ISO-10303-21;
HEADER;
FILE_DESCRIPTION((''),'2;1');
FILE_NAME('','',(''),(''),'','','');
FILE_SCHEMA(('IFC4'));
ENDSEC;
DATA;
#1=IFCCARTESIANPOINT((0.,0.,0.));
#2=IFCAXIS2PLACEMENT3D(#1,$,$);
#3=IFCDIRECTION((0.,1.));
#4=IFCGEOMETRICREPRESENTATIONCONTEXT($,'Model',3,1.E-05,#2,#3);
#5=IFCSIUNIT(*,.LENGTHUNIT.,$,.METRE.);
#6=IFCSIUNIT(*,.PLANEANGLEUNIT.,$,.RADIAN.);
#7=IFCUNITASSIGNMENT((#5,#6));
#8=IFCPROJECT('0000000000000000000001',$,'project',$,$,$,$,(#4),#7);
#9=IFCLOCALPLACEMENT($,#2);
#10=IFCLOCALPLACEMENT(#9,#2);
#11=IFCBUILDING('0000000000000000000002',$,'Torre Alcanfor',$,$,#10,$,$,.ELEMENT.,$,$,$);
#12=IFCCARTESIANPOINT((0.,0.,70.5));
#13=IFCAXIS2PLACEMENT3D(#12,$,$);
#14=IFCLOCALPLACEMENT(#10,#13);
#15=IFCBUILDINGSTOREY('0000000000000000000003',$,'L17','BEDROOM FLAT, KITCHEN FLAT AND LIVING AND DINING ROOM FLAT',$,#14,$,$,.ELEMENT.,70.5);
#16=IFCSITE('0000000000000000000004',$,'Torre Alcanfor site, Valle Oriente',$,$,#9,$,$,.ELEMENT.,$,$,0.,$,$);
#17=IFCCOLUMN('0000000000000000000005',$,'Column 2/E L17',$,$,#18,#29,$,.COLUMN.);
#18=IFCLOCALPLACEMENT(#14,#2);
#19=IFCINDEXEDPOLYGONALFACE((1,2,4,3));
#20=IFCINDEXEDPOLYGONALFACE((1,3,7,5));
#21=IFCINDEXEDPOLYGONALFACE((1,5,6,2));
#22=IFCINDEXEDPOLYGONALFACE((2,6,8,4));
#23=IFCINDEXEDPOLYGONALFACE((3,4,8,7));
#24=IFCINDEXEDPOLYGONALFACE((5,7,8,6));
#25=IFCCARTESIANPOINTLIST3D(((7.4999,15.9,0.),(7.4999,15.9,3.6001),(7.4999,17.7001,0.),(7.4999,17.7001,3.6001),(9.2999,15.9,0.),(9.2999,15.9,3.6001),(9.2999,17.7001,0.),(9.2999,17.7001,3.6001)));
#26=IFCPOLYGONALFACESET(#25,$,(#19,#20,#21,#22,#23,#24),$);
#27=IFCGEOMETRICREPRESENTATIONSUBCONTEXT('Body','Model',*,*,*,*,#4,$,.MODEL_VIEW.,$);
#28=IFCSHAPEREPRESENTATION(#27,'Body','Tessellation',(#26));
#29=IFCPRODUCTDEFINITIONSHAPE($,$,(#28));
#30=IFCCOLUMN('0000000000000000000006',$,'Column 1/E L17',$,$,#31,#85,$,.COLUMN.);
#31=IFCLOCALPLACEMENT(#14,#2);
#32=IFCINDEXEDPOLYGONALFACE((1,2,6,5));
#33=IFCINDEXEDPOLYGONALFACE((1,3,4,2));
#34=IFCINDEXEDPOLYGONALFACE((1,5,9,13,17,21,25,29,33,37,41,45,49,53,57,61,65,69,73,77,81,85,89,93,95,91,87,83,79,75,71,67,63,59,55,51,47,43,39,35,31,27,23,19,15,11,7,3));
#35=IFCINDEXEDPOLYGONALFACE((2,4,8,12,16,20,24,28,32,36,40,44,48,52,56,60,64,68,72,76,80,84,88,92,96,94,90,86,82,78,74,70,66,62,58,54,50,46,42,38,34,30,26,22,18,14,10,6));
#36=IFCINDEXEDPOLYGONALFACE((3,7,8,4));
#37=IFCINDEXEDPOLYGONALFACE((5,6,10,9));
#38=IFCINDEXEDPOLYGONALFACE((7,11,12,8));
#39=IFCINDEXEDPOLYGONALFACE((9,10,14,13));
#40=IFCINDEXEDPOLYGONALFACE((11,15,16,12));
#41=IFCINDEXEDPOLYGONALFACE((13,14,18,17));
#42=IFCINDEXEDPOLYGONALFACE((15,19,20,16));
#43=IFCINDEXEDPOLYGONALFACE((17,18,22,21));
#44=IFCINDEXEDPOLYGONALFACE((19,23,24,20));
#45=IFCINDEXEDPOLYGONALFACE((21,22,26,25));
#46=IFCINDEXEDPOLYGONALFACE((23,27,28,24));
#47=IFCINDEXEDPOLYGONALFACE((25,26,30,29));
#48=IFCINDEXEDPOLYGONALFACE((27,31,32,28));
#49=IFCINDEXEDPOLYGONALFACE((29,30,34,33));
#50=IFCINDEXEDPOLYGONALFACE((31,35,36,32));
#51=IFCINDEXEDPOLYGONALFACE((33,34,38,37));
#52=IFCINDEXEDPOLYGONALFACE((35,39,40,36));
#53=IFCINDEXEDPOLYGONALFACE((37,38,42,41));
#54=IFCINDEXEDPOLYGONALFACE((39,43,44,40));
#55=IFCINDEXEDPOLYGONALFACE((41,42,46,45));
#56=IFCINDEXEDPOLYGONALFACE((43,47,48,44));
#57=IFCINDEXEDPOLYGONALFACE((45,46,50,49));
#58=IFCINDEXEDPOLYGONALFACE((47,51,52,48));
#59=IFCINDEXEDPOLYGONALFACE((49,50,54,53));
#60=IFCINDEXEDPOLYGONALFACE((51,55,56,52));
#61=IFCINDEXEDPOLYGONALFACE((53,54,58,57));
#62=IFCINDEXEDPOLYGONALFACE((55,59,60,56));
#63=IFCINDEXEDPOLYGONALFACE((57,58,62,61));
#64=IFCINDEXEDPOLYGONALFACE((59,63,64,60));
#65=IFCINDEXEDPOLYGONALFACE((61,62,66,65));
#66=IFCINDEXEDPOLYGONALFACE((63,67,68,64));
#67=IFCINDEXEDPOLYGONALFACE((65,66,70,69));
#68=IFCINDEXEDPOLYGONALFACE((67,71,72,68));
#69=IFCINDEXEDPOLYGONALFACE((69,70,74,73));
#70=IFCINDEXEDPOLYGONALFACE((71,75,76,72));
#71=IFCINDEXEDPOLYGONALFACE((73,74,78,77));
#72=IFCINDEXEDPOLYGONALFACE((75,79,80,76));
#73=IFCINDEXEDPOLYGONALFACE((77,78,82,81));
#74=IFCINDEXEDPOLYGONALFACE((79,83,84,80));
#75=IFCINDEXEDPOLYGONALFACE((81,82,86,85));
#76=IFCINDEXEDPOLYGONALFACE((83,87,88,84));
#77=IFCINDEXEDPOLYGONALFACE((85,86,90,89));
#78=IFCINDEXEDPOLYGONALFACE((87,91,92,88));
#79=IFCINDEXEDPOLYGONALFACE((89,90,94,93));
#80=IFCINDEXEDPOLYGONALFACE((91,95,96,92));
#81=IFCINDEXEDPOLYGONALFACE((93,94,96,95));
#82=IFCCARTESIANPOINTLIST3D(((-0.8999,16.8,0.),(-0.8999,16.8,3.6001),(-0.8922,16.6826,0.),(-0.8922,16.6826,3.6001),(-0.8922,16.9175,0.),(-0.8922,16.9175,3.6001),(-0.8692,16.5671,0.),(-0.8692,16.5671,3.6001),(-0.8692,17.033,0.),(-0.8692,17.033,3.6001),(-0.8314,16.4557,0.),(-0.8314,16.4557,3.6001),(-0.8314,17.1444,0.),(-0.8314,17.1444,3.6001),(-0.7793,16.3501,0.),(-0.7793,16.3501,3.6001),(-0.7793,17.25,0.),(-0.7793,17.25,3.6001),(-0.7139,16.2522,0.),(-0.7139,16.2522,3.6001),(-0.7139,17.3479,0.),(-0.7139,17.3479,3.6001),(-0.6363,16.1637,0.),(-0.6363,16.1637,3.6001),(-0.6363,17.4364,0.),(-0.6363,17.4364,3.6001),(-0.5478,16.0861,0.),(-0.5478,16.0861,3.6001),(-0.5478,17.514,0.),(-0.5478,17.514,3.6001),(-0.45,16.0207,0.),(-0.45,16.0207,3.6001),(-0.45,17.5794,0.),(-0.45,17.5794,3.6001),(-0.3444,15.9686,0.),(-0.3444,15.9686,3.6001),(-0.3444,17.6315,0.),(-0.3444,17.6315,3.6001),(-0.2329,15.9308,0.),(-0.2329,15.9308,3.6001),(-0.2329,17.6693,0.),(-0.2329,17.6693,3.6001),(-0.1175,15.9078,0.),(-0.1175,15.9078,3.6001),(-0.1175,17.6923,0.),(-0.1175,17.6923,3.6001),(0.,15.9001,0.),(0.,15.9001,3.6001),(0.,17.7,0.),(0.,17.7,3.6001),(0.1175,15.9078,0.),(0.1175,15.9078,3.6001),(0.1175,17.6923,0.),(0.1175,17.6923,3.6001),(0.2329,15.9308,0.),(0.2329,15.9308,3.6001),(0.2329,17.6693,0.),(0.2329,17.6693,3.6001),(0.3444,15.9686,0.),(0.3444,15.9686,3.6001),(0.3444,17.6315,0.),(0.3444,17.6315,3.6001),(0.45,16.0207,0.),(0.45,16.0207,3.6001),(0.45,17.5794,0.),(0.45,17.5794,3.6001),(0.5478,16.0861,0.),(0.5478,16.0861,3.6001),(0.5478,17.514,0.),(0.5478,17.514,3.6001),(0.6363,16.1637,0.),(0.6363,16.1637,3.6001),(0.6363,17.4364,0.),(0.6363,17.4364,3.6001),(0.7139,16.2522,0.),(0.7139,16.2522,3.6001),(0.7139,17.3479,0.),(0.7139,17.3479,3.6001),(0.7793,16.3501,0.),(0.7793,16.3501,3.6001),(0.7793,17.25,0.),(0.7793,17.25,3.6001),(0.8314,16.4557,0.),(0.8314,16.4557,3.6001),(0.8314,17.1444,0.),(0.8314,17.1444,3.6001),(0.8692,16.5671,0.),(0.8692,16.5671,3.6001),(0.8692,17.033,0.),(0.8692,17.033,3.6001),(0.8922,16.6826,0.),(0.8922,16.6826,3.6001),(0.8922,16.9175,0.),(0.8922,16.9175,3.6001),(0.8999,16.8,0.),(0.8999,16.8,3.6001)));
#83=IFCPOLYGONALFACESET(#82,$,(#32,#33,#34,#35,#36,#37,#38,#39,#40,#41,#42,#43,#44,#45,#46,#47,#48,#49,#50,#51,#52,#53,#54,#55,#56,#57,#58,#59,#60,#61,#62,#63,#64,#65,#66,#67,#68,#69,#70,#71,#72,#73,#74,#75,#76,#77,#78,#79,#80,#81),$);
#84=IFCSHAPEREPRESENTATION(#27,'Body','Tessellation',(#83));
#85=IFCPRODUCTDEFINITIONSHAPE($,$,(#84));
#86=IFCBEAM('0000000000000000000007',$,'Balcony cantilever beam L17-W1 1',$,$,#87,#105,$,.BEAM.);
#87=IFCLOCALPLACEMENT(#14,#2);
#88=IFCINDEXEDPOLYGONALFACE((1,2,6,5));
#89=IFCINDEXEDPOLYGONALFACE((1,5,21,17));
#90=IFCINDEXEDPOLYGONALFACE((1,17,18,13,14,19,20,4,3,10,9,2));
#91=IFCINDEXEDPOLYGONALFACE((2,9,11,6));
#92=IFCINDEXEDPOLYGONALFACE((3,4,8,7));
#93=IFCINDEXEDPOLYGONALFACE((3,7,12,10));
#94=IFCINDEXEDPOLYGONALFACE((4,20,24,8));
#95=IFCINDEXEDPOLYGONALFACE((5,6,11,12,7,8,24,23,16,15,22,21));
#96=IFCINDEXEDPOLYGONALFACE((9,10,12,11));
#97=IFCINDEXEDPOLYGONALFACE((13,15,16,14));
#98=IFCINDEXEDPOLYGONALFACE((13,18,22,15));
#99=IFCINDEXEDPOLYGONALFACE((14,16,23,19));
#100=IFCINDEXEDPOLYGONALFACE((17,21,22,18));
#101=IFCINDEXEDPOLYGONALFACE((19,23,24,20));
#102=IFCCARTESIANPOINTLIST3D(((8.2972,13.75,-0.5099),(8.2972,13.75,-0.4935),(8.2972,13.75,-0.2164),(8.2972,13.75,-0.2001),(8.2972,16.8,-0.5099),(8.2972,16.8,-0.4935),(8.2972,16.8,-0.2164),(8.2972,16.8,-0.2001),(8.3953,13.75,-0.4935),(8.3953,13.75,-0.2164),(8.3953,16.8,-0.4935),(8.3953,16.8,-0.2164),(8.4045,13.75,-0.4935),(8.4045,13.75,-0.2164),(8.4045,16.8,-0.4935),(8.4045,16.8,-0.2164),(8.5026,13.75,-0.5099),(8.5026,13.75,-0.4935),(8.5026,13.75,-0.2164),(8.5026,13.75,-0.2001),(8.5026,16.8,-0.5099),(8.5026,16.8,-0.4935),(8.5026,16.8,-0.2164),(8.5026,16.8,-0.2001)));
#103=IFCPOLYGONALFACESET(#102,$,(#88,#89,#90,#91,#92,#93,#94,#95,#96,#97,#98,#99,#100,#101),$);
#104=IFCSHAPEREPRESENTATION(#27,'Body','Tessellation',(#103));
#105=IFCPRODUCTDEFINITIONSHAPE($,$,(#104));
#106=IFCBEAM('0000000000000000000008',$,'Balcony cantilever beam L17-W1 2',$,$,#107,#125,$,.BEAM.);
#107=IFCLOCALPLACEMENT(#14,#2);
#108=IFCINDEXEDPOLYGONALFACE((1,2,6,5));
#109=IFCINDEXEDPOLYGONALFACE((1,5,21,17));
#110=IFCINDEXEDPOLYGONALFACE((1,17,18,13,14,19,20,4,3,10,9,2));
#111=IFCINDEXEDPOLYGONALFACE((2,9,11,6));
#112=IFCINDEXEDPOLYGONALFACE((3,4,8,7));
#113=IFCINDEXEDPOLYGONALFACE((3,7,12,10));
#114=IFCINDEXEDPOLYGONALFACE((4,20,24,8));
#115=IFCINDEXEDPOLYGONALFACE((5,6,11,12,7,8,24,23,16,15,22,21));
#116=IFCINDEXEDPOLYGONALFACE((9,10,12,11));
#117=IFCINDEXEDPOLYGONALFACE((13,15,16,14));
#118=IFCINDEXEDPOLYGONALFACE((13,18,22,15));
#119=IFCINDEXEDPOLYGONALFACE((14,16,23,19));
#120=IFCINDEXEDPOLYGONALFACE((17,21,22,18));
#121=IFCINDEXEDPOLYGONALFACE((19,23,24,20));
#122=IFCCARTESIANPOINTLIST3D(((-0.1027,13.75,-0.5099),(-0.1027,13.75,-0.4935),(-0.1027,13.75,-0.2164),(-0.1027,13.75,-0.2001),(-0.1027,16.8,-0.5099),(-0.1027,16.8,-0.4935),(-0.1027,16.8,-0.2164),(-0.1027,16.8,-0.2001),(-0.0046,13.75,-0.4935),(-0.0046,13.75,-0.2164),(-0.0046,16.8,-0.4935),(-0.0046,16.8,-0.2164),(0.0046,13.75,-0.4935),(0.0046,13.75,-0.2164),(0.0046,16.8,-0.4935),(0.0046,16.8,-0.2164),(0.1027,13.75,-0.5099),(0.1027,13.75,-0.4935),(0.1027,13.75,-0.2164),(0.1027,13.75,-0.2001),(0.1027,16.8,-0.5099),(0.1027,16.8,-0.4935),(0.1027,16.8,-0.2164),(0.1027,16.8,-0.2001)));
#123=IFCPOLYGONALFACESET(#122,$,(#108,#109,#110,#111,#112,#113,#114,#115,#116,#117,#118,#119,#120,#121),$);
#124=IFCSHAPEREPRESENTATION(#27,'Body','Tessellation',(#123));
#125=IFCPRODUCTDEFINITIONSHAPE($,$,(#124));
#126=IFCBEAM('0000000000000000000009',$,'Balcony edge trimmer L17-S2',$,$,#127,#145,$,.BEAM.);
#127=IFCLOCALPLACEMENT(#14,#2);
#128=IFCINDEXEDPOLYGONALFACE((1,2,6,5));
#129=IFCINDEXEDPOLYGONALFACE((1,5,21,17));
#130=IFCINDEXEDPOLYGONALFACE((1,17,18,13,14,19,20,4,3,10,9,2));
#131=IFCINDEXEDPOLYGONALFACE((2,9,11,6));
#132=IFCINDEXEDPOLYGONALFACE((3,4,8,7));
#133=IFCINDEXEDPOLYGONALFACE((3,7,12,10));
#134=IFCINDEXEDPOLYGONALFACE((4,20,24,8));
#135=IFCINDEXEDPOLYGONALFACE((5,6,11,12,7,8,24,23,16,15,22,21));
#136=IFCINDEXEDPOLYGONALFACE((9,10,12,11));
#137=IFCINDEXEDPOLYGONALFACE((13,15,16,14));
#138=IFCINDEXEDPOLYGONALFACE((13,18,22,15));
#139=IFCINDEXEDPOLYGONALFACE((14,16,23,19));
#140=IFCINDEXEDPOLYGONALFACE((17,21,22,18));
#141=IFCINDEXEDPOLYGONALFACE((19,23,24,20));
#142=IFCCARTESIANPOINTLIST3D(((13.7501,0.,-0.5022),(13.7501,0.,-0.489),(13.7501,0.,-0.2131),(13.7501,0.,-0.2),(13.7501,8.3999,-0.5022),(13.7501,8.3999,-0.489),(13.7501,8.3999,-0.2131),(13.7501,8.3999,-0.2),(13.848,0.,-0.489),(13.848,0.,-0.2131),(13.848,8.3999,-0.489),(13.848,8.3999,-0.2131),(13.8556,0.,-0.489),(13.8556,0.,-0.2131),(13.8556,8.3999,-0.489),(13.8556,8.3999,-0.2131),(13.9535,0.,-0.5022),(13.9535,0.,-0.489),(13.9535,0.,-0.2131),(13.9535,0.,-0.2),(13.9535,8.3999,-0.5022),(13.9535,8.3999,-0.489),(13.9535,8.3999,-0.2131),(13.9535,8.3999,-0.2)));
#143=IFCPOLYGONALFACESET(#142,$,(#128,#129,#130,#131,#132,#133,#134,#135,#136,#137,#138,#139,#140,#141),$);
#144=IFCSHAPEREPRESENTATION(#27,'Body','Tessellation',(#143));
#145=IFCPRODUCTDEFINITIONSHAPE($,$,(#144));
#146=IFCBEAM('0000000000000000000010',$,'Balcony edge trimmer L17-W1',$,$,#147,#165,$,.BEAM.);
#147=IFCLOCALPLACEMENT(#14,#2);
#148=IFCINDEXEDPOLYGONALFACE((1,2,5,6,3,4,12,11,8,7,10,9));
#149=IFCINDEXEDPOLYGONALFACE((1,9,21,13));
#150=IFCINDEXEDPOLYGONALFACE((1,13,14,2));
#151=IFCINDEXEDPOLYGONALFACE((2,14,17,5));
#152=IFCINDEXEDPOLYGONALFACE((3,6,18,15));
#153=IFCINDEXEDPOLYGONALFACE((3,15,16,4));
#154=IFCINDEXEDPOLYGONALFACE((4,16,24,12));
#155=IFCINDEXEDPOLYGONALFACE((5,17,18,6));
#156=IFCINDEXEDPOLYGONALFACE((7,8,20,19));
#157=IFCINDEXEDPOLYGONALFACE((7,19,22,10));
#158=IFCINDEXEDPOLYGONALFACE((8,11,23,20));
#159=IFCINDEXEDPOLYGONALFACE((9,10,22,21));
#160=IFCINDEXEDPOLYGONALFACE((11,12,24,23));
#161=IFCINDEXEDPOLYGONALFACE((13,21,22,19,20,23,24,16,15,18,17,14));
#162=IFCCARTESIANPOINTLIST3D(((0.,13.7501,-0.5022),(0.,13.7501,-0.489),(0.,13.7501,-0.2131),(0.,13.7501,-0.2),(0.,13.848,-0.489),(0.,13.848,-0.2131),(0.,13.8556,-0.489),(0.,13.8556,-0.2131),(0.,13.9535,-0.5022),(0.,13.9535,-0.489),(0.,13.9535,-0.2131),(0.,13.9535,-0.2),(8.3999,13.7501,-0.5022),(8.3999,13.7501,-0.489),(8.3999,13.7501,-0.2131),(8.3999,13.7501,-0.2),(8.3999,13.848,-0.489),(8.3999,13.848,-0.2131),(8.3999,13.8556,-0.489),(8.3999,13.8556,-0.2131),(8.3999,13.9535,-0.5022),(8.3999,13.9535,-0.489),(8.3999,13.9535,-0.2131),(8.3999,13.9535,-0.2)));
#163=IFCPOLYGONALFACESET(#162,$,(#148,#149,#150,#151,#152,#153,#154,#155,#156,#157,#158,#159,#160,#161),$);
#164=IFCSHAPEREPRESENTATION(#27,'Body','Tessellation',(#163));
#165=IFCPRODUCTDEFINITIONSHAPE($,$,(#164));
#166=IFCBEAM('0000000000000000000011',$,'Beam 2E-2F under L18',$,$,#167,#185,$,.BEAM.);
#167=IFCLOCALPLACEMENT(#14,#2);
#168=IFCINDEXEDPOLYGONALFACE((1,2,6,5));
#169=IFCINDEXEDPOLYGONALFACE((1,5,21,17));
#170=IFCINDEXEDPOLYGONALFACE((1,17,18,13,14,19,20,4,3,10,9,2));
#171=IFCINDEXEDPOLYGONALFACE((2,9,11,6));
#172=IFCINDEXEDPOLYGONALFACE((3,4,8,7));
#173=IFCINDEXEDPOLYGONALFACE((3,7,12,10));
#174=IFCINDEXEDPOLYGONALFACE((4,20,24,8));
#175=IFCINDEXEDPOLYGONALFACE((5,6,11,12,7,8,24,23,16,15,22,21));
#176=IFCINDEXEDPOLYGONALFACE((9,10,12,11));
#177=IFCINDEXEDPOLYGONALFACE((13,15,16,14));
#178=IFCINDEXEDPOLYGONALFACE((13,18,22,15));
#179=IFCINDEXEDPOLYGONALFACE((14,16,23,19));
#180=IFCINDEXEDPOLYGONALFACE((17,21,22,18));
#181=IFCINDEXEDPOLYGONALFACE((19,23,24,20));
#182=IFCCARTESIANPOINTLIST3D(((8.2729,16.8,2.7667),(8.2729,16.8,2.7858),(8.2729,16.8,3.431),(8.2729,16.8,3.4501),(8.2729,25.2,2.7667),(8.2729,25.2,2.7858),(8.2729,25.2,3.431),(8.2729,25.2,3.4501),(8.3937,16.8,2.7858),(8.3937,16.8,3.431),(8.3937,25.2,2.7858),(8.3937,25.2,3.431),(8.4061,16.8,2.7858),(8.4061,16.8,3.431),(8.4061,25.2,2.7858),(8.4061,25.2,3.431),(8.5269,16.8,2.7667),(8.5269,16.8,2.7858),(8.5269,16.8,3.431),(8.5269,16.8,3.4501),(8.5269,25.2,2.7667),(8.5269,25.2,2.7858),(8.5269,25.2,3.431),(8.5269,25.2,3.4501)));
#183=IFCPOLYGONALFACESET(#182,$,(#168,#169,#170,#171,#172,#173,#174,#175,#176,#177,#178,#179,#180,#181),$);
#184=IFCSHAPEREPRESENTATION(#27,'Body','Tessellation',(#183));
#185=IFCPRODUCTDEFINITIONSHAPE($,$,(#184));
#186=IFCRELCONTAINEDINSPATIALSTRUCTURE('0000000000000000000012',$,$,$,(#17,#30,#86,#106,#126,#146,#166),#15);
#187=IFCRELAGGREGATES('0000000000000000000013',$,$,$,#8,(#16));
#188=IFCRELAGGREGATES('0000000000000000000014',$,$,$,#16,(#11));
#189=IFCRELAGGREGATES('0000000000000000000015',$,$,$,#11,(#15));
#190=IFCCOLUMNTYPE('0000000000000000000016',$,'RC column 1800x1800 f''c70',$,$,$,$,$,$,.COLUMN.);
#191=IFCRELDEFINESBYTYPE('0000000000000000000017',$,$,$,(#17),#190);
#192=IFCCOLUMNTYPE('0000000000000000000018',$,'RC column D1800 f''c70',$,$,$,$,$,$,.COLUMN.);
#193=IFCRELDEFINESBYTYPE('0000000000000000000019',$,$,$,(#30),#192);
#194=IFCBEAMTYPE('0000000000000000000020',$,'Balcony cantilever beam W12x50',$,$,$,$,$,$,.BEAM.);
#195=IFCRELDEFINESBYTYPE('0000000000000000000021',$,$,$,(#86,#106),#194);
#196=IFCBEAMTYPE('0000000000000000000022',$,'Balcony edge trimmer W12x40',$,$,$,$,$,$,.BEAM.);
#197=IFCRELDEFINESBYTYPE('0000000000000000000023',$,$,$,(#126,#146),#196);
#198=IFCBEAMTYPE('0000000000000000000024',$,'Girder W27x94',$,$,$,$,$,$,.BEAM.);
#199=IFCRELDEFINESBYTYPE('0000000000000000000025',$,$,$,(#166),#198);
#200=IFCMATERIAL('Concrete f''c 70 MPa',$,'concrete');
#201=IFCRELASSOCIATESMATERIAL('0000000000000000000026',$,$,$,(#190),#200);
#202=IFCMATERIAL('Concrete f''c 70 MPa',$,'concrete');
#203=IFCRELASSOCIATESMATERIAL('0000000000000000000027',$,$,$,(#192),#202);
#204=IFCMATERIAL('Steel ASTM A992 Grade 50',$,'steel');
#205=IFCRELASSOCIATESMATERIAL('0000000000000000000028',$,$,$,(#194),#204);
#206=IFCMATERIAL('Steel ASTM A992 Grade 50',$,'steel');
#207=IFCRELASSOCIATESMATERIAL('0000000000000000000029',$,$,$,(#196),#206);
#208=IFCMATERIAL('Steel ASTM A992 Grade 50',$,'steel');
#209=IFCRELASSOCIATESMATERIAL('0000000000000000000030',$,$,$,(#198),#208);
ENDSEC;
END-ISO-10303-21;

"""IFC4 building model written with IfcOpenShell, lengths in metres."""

from ifc_helpers import new_model, si_unit, direction, frame, origin, origin_2d, place, context, subcontext, project, spatial, rectangle, circle, i_section, extrude, material, material_profile, profile_set, type_object, element, save


model = new_model("IFC4")

# Units and contexts
model_context = context("Model", 3, precision=1e-05, world=origin(), true_north=direction((0.0, 1.0)))
body_context = subcontext(model_context, "Body", "Model", "MODEL_VIEW")
ifc_project = project(units=[si_unit("LENGTHUNIT", "METRE"), si_unit("PLANEANGLEUNIT", "RADIAN")], contexts=[model_context])

# Site, building, storey
site_placement = place(None, origin())
site = spatial("IfcSite", under=ifc_project, at=site_placement, Name="Torre Alcanfor site, Valle Oriente", CompositionType="ELEMENT", RefElevation=0.0)
building_placement = place(site_placement, origin())
building = spatial("IfcBuilding", under=site, at=building_placement, Name="Torre Alcanfor", CompositionType="ELEMENT")
storey_placement = place(building_placement, frame((0.0, 0.0, 70.5)))
storey = spatial("IfcBuildingStorey", under=building, at=storey_placement, Name="L17", Description="BEDROOM FLAT, KITCHEN FLAT AND LIVING AND DINING ROOM FLAT", CompositionType="ELEMENT", Elevation=70.5)

# Columns
ifc_material_1 = material(Name="Concrete f'c 70 MPa", Category="concrete")
ifc_material_profile_1 = material_profile(ifc_material_1, rectangle(XDim=1.8, YDim=1.8, at=origin_2d()), Name="1800x1800")
ifc_profile_set_1 = profile_set([ifc_material_profile_1], Name="Concrete f'c 70 MPa")
column_type_1 = type_object("IfcColumnType", Name="RC column 1800x1800 f'c70", PredefinedType="COLUMN", material=ifc_profile_set_1)
column_1_placement = place(storey_placement, frame((8.3999, 16.8, 0.0), z_axis=(0.0, 0.0, 1.0), x_axis=(1.0, 0.0, 0.0)))
element("IfcColumn", 1, at=column_1_placement, inside=storey, type_object=column_type_1, Name="Column 2/E L17", PredefinedType="COLUMN", context=body_context, shape_type="SweptSolid", body=[
    extrude(rectangle(XDim=1.8, YDim=1.8, at=origin_2d()), origin(), (0.0, 0.0, 1.0), 3.6001),
])
ifc_material_2 = material(Name="Concrete f'c 70 MPa", Category="concrete")
ifc_material_profile_2 = material_profile(ifc_material_2, circle(Radius=0.8999, at=origin_2d()), Name="D1800")
ifc_profile_set_2 = profile_set([ifc_material_profile_2], Name="Concrete f'c 70 MPa")
column_type_2 = type_object("IfcColumnType", Name="RC column D1800 f'c70", PredefinedType="COLUMN", material=ifc_profile_set_2)
column_2_placement = place(storey_placement, frame((0.0, 16.8, 0.0), z_axis=(0.0, 0.0, 1.0), x_axis=(1.0, 0.0, 0.0)))
element("IfcColumn", 2, at=column_2_placement, inside=storey, type_object=column_type_2, Name="Column 1/E L17", PredefinedType="COLUMN", context=body_context, shape_type="SweptSolid", body=[
    extrude(circle(Radius=0.8999, at=origin_2d()), origin(), (0.0, 0.0, 1.0), 3.6001),
])

# Beams
ifc_material_3 = material(Name="Steel ASTM A992 Grade 50", Category="steel")
ifc_material_profile_3 = material_profile(ifc_material_3, i_section(OverallWidth=0.2053, OverallDepth=0.3098, WebThickness=0.0093, FlangeThickness=0.0164, at=origin_2d()), Name="W12x50")
ifc_profile_set_3 = profile_set([ifc_material_profile_3], Name="Steel ASTM A992 Grade 50")
beam_type_1 = type_object("IfcBeamType", Name="Balcony cantilever beam W12x50", PredefinedType="BEAM", material=ifc_profile_set_3)
for number, where, z_axis, x_axis, name in (
    (3, (8.3999, 16.8, -0.355), (0.0, -1.0, 0.0), (1.0, 0.0, 0.0), "Balcony cantilever beam L17-W1 1"),
    (4, (0.0, 16.8, -0.355), (0.0, -1.0, 0.0), (1.0, 0.0, 0.0), "Balcony cantilever beam L17-W1 2"),
):
    element("IfcBeam", number, at=place(storey_placement, frame(where, z_axis=z_axis, x_axis=x_axis)), inside=storey, type_object=beam_type_1, Name=name, PredefinedType="BEAM", context=body_context, shape_type="SweptSolid", body=[
        extrude(i_section(OverallWidth=0.2053, OverallDepth=0.3098, WebThickness=0.0093, FlangeThickness=0.0164, at=origin_2d()), origin(), (0.0, 0.0, 1.0), 3.05),
    ])
ifc_material_4 = material(Name="Steel ASTM A992 Grade 50", Category="steel")
ifc_material_profile_4 = material_profile(ifc_material_4, i_section(OverallWidth=0.2034, OverallDepth=0.3022, WebThickness=0.0076, FlangeThickness=0.0132, at=origin_2d()), Name="W12x40")
ifc_profile_set_4 = profile_set([ifc_material_profile_4], Name="Steel ASTM A992 Grade 50")
beam_type_2 = type_object("IfcBeamType", Name="Balcony edge trimmer W12x40", PredefinedType="BEAM", material=ifc_profile_set_4)
for number, where, z_axis, x_axis, name in (
    (5, (13.8518, 8.3999, -0.3511), (0.0, -1.0, 0.0), (1.0, 0.0, 0.0), "Balcony edge trimmer L17-S2"),
    (6, (8.3999, 13.8518, -0.3511), (-1.0, 0.0, 0.0), (0.0, -1.0, 0.0), "Balcony edge trimmer L17-W1"),
):
    element("IfcBeam", number, at=place(storey_placement, frame(where, z_axis=z_axis, x_axis=x_axis)), inside=storey, type_object=beam_type_2, Name=name, PredefinedType="BEAM", context=body_context, shape_type="SweptSolid", body=[
        extrude(i_section(OverallWidth=0.2034, OverallDepth=0.3022, WebThickness=0.0076, FlangeThickness=0.0132, at=origin_2d()), origin(), (0.0, 0.0, 1.0), 8.3999),
    ])
ifc_material_5 = material(Name="Steel ASTM A992 Grade 50", Category="steel")
ifc_material_profile_5 = material_profile(ifc_material_5, i_section(OverallWidth=0.2539, OverallDepth=0.6833, WebThickness=0.0125, FlangeThickness=0.019, at=origin_2d()), Name="W27x94")
ifc_profile_set_5 = profile_set([ifc_material_profile_5], Name="Steel ASTM A992 Grade 50")
beam_type_3 = type_object("IfcBeamType", Name="Girder W27x94", PredefinedType="BEAM", material=ifc_profile_set_5)
beam_1_placement = place(storey_placement, frame((8.3999, 16.8, 3.1084), z_axis=(0.0, 1.0, 0.0), x_axis=(-1.0, 0.0, 0.0)))
element("IfcBeam", 7, at=beam_1_placement, inside=storey, type_object=beam_type_3, Name="Beam 2E-2F under L18", PredefinedType="BEAM", context=body_context, shape_type="SweptSolid", body=[
    extrude(i_section(OverallWidth=0.2539, OverallDepth=0.6833, WebThickness=0.0125, FlangeThickness=0.019, at=origin_2d()), origin(), (0.0, 0.0, 1.0), 8.3999),
])

save(model, "model.ifc")
